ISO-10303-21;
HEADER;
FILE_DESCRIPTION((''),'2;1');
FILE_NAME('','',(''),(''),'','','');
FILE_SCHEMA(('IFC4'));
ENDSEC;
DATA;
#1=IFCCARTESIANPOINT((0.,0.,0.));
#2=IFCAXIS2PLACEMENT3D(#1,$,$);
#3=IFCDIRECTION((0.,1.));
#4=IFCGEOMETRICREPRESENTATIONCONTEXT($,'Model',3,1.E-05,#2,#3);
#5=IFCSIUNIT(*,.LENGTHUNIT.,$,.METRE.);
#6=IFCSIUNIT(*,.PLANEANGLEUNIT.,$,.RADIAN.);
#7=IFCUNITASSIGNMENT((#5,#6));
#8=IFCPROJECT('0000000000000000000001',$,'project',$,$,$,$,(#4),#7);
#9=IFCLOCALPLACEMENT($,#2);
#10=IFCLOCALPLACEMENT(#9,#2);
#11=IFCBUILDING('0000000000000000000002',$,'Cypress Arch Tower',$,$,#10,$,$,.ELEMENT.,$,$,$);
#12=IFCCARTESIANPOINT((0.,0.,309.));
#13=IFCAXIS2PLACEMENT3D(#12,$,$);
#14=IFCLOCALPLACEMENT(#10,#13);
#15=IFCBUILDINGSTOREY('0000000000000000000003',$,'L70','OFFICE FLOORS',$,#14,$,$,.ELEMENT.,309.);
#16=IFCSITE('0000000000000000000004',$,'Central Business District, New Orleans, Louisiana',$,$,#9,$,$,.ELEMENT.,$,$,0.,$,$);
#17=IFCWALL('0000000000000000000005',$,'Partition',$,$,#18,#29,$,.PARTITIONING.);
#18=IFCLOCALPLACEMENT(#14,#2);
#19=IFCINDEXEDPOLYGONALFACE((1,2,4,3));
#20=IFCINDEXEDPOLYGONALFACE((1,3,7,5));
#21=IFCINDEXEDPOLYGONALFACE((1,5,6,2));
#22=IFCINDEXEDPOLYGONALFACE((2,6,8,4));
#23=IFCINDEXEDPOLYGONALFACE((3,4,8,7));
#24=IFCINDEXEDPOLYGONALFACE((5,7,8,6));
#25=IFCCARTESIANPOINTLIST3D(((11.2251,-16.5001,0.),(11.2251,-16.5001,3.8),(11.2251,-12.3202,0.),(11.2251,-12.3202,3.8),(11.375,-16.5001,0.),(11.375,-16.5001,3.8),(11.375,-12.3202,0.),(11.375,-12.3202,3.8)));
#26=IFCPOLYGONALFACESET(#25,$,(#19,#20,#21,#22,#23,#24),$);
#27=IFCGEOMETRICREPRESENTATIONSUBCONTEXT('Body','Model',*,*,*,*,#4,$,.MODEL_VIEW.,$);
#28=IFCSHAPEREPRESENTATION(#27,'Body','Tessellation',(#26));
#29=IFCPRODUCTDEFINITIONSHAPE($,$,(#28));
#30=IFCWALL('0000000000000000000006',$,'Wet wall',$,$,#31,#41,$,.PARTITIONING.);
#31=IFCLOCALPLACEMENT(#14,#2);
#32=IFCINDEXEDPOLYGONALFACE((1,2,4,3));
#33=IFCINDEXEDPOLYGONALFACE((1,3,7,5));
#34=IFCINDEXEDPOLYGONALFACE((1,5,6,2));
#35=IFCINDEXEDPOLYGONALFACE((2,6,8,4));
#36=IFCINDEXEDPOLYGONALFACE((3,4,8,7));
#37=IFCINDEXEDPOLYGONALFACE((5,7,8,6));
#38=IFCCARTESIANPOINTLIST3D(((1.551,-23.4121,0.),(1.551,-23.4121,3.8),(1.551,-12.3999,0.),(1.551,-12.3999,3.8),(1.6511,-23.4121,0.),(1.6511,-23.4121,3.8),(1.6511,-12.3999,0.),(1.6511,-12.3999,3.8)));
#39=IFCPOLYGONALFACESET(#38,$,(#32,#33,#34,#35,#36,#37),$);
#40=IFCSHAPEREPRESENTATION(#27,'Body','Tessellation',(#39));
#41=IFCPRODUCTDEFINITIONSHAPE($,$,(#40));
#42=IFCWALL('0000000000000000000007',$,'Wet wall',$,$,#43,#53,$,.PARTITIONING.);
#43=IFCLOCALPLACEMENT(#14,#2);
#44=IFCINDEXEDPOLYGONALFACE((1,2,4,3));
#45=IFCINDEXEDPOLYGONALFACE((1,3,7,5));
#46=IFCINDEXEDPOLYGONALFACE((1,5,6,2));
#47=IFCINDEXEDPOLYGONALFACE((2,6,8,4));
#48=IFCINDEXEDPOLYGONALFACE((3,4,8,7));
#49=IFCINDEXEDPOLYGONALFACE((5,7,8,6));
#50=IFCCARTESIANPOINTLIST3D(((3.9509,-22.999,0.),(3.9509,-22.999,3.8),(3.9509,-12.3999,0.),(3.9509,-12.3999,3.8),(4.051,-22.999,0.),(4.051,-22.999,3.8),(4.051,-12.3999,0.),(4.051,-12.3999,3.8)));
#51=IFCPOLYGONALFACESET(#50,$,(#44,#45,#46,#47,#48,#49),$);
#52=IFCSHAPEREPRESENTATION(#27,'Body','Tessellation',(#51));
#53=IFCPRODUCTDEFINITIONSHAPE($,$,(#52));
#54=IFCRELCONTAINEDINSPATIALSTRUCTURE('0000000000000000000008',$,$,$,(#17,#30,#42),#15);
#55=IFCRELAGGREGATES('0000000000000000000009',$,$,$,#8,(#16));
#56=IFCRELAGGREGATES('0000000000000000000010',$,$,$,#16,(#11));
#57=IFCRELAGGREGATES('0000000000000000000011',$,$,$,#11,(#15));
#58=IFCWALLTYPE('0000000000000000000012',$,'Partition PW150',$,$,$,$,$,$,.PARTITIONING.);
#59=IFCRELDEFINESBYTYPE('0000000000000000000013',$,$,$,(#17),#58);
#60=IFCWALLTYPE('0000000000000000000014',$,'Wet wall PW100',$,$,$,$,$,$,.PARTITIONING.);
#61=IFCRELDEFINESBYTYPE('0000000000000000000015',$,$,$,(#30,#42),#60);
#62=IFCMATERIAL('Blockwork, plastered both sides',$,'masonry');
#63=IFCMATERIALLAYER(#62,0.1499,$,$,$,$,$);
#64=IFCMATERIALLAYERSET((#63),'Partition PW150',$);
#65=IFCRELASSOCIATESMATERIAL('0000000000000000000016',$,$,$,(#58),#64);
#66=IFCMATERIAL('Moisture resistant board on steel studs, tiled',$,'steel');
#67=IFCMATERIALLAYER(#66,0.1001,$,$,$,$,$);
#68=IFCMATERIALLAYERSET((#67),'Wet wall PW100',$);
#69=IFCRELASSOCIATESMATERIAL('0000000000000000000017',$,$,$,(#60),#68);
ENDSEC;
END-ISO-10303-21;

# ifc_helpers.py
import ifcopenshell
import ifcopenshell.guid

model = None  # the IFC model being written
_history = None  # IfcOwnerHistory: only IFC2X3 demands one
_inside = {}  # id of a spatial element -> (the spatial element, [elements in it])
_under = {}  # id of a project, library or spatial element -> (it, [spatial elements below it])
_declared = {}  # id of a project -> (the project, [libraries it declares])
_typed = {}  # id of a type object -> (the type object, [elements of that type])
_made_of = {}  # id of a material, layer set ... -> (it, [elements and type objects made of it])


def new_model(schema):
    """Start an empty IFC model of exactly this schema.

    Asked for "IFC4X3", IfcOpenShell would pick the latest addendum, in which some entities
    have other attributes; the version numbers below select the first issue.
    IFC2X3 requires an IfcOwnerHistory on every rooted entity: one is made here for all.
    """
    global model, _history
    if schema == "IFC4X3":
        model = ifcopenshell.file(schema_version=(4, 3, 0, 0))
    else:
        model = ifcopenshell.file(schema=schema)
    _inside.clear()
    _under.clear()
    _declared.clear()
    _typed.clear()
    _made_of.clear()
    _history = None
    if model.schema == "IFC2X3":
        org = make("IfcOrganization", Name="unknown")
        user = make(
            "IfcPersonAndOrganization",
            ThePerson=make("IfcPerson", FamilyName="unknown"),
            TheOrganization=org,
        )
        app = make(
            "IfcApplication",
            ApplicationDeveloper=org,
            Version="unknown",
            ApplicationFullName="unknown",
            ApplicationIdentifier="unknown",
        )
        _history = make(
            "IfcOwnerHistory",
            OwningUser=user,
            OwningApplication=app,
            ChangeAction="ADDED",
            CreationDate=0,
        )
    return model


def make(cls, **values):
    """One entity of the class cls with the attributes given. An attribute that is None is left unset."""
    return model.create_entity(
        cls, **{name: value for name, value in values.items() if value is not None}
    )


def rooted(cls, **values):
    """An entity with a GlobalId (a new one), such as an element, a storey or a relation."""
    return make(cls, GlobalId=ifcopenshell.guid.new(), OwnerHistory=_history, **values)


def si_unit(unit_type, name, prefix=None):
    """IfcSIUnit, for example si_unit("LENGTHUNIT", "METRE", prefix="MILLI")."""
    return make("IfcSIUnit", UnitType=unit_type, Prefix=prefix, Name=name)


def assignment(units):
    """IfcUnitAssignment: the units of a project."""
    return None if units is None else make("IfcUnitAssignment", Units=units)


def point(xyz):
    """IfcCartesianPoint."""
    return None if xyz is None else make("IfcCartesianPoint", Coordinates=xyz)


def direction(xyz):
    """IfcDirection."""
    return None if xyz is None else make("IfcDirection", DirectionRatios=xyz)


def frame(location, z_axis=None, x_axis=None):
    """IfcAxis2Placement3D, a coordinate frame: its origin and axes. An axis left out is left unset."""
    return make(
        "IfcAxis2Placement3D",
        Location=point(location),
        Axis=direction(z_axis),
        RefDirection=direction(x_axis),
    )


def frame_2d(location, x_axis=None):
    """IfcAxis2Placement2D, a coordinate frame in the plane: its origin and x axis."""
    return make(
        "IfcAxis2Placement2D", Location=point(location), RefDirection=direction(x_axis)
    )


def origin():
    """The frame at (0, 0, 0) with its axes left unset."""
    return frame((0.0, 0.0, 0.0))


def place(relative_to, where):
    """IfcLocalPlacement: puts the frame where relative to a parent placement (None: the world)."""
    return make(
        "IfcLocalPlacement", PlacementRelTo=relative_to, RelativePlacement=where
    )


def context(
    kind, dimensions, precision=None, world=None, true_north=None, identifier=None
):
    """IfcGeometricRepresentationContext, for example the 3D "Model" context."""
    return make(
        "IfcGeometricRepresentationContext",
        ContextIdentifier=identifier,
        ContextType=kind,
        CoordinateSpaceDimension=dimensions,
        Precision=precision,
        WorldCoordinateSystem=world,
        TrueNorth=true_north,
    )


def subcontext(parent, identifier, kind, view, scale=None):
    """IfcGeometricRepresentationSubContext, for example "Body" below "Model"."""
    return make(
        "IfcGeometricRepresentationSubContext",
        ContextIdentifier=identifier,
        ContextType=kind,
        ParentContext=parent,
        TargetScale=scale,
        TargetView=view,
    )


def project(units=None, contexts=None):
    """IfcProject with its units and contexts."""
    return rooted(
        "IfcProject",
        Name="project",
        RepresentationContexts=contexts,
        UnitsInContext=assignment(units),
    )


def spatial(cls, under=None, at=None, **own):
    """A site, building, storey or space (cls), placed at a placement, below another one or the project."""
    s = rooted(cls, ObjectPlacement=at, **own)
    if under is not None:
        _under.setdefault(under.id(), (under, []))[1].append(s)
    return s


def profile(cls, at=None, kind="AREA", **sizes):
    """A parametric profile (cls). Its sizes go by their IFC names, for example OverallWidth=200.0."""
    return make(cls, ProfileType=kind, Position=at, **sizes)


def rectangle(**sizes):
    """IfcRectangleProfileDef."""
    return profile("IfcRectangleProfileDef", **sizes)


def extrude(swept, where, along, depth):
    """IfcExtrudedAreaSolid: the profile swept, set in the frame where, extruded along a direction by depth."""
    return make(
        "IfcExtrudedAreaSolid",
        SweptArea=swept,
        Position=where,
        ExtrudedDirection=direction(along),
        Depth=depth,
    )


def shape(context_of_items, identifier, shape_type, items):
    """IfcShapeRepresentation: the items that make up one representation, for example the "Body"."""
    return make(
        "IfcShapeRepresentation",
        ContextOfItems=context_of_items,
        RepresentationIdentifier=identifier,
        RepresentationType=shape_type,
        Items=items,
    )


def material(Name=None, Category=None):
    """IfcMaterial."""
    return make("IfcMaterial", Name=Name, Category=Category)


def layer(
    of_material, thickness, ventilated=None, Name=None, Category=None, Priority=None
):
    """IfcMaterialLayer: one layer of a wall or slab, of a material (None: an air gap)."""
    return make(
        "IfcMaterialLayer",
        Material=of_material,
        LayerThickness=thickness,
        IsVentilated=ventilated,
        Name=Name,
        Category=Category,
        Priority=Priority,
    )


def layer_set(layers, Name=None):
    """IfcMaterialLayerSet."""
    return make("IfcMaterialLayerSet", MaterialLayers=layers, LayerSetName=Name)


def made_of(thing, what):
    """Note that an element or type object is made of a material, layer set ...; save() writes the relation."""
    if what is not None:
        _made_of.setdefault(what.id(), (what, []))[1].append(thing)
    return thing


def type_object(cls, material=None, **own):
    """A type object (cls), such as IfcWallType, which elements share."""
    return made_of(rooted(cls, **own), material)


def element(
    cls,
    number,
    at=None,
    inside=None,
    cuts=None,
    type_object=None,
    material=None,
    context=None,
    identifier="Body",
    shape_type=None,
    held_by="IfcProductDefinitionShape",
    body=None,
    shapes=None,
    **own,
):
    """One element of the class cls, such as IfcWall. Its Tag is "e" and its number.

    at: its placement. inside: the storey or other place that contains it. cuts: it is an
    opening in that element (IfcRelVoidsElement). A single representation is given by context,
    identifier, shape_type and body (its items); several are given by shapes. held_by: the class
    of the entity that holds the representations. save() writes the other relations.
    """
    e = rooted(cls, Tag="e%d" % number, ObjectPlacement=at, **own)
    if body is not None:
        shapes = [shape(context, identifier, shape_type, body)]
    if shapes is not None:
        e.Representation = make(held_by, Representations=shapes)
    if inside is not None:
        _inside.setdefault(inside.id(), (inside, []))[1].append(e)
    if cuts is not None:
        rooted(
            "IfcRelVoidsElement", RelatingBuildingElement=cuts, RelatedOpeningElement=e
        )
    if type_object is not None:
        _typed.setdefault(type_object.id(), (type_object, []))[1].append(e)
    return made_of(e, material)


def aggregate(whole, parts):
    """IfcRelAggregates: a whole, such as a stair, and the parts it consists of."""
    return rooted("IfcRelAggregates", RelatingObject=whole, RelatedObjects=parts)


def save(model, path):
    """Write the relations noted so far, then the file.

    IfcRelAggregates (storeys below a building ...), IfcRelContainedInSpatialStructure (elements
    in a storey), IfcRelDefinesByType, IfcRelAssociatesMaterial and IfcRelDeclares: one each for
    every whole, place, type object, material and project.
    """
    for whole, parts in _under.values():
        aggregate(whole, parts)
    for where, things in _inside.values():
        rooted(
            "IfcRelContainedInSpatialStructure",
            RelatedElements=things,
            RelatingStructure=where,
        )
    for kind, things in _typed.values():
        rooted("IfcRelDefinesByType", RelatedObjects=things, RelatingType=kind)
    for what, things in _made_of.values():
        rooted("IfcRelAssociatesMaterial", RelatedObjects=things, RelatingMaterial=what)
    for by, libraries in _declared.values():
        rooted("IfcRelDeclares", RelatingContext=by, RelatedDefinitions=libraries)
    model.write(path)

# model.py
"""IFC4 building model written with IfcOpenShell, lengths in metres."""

from ifc_helpers import new_model, si_unit, direction, frame, frame_2d, origin, place, context, subcontext, project, spatial, rectangle, extrude, material, layer, layer_set, type_object, element, save


model = new_model("IFC4")

# Units and contexts
model_context = context("Model", 3, precision=1e-05, world=origin(), true_north=direction((0.0, 1.0)))
body_context = subcontext(model_context, "Body", "Model", "MODEL_VIEW")
ifc_project = project(units=[si_unit("LENGTHUNIT", "METRE"), si_unit("PLANEANGLEUNIT", "RADIAN")], contexts=[model_context])

# Site, building, storey
site_placement = place(None, origin())
site = spatial("IfcSite", under=ifc_project, at=site_placement, Name="Central Business District, New Orleans, Louisiana", CompositionType="ELEMENT", RefElevation=0.0)
building_placement = place(site_placement, origin())
building = spatial("IfcBuilding", under=site, at=building_placement, Name="Cypress Arch Tower", CompositionType="ELEMENT")
storey_placement = place(building_placement, frame((0.0, 0.0, 309.0)))
storey = spatial("IfcBuildingStorey", under=building, at=storey_placement, Name="L70", Description="OFFICE FLOORS", CompositionType="ELEMENT", Elevation=309.0)

# Shared definitions
ifc_material_1 = material(Name="Blockwork, plastered both sides", Category="masonry")
ifc_layer_1 = layer(ifc_material_1, 0.1499)
ifc_layer_set_1 = layer_set([ifc_layer_1], Name="Partition PW150")
wall_type_1 = type_object("IfcWallType", Name="Partition PW150", PredefinedType="PARTITIONING", material=ifc_layer_set_1)

# Walls
wall_1_placement = place(storey_placement, frame((11.3, -16.5, 0.0), z_axis=(0.0, 0.0, 1.0), x_axis=(0.0, 1.0, 0.0)))
element("IfcWall", 1, at=wall_1_placement, inside=storey, type_object=wall_type_1, Name="Partition", PredefinedType="PARTITIONING", context=body_context, shape_type="SweptSolid", body=[
    extrude(rectangle(XDim=4.1799, YDim=0.1499, at=frame_2d((2.0898, 0.0))), origin(), (0.0, 0.0, 1.0), 3.8),
])
ifc_material_2 = material(Name="Moisture resistant board on steel studs, tiled", Category="steel")
ifc_layer_2 = layer(ifc_material_2, 0.1001)
ifc_layer_set_2 = layer_set([ifc_layer_2], Name="Wet wall PW100")
wall_type_2 = type_object("IfcWallType", Name="Wet wall PW100", PredefinedType="PARTITIONING", material=ifc_layer_set_2)
wall_2_placement = place(storey_placement, frame((1.6011, -23.4121, 0.0), z_axis=(0.0, 0.0, 1.0), x_axis=(0.0, 1.0, 0.0)))
element("IfcWall", 2, at=wall_2_placement, inside=storey, type_object=wall_type_2, Name="Wet wall", PredefinedType="PARTITIONING", context=body_context, shape_type="SweptSolid", body=[
    extrude(rectangle(XDim=11.0122, YDim=0.1001, at=frame_2d((5.5061, 0.0))), origin(), (0.0, 0.0, 1.0), 3.8),
])
wall_3_placement = place(storey_placement, frame((4.001, -22.999, 0.0), z_axis=(0.0, 0.0, 1.0), x_axis=(0.0, 1.0, 0.0)))
element("IfcWall", 3, at=wall_3_placement, inside=storey, type_object=wall_type_2, Name="Wet wall", PredefinedType="PARTITIONING", context=body_context, shape_type="SweptSolid", body=[
    extrude(rectangle(XDim=10.5991, YDim=0.1001, at=frame_2d((5.2996, 0.0))), origin(), (0.0, 0.0, 1.0), 3.8),
])

save(model, "model.ifc")
